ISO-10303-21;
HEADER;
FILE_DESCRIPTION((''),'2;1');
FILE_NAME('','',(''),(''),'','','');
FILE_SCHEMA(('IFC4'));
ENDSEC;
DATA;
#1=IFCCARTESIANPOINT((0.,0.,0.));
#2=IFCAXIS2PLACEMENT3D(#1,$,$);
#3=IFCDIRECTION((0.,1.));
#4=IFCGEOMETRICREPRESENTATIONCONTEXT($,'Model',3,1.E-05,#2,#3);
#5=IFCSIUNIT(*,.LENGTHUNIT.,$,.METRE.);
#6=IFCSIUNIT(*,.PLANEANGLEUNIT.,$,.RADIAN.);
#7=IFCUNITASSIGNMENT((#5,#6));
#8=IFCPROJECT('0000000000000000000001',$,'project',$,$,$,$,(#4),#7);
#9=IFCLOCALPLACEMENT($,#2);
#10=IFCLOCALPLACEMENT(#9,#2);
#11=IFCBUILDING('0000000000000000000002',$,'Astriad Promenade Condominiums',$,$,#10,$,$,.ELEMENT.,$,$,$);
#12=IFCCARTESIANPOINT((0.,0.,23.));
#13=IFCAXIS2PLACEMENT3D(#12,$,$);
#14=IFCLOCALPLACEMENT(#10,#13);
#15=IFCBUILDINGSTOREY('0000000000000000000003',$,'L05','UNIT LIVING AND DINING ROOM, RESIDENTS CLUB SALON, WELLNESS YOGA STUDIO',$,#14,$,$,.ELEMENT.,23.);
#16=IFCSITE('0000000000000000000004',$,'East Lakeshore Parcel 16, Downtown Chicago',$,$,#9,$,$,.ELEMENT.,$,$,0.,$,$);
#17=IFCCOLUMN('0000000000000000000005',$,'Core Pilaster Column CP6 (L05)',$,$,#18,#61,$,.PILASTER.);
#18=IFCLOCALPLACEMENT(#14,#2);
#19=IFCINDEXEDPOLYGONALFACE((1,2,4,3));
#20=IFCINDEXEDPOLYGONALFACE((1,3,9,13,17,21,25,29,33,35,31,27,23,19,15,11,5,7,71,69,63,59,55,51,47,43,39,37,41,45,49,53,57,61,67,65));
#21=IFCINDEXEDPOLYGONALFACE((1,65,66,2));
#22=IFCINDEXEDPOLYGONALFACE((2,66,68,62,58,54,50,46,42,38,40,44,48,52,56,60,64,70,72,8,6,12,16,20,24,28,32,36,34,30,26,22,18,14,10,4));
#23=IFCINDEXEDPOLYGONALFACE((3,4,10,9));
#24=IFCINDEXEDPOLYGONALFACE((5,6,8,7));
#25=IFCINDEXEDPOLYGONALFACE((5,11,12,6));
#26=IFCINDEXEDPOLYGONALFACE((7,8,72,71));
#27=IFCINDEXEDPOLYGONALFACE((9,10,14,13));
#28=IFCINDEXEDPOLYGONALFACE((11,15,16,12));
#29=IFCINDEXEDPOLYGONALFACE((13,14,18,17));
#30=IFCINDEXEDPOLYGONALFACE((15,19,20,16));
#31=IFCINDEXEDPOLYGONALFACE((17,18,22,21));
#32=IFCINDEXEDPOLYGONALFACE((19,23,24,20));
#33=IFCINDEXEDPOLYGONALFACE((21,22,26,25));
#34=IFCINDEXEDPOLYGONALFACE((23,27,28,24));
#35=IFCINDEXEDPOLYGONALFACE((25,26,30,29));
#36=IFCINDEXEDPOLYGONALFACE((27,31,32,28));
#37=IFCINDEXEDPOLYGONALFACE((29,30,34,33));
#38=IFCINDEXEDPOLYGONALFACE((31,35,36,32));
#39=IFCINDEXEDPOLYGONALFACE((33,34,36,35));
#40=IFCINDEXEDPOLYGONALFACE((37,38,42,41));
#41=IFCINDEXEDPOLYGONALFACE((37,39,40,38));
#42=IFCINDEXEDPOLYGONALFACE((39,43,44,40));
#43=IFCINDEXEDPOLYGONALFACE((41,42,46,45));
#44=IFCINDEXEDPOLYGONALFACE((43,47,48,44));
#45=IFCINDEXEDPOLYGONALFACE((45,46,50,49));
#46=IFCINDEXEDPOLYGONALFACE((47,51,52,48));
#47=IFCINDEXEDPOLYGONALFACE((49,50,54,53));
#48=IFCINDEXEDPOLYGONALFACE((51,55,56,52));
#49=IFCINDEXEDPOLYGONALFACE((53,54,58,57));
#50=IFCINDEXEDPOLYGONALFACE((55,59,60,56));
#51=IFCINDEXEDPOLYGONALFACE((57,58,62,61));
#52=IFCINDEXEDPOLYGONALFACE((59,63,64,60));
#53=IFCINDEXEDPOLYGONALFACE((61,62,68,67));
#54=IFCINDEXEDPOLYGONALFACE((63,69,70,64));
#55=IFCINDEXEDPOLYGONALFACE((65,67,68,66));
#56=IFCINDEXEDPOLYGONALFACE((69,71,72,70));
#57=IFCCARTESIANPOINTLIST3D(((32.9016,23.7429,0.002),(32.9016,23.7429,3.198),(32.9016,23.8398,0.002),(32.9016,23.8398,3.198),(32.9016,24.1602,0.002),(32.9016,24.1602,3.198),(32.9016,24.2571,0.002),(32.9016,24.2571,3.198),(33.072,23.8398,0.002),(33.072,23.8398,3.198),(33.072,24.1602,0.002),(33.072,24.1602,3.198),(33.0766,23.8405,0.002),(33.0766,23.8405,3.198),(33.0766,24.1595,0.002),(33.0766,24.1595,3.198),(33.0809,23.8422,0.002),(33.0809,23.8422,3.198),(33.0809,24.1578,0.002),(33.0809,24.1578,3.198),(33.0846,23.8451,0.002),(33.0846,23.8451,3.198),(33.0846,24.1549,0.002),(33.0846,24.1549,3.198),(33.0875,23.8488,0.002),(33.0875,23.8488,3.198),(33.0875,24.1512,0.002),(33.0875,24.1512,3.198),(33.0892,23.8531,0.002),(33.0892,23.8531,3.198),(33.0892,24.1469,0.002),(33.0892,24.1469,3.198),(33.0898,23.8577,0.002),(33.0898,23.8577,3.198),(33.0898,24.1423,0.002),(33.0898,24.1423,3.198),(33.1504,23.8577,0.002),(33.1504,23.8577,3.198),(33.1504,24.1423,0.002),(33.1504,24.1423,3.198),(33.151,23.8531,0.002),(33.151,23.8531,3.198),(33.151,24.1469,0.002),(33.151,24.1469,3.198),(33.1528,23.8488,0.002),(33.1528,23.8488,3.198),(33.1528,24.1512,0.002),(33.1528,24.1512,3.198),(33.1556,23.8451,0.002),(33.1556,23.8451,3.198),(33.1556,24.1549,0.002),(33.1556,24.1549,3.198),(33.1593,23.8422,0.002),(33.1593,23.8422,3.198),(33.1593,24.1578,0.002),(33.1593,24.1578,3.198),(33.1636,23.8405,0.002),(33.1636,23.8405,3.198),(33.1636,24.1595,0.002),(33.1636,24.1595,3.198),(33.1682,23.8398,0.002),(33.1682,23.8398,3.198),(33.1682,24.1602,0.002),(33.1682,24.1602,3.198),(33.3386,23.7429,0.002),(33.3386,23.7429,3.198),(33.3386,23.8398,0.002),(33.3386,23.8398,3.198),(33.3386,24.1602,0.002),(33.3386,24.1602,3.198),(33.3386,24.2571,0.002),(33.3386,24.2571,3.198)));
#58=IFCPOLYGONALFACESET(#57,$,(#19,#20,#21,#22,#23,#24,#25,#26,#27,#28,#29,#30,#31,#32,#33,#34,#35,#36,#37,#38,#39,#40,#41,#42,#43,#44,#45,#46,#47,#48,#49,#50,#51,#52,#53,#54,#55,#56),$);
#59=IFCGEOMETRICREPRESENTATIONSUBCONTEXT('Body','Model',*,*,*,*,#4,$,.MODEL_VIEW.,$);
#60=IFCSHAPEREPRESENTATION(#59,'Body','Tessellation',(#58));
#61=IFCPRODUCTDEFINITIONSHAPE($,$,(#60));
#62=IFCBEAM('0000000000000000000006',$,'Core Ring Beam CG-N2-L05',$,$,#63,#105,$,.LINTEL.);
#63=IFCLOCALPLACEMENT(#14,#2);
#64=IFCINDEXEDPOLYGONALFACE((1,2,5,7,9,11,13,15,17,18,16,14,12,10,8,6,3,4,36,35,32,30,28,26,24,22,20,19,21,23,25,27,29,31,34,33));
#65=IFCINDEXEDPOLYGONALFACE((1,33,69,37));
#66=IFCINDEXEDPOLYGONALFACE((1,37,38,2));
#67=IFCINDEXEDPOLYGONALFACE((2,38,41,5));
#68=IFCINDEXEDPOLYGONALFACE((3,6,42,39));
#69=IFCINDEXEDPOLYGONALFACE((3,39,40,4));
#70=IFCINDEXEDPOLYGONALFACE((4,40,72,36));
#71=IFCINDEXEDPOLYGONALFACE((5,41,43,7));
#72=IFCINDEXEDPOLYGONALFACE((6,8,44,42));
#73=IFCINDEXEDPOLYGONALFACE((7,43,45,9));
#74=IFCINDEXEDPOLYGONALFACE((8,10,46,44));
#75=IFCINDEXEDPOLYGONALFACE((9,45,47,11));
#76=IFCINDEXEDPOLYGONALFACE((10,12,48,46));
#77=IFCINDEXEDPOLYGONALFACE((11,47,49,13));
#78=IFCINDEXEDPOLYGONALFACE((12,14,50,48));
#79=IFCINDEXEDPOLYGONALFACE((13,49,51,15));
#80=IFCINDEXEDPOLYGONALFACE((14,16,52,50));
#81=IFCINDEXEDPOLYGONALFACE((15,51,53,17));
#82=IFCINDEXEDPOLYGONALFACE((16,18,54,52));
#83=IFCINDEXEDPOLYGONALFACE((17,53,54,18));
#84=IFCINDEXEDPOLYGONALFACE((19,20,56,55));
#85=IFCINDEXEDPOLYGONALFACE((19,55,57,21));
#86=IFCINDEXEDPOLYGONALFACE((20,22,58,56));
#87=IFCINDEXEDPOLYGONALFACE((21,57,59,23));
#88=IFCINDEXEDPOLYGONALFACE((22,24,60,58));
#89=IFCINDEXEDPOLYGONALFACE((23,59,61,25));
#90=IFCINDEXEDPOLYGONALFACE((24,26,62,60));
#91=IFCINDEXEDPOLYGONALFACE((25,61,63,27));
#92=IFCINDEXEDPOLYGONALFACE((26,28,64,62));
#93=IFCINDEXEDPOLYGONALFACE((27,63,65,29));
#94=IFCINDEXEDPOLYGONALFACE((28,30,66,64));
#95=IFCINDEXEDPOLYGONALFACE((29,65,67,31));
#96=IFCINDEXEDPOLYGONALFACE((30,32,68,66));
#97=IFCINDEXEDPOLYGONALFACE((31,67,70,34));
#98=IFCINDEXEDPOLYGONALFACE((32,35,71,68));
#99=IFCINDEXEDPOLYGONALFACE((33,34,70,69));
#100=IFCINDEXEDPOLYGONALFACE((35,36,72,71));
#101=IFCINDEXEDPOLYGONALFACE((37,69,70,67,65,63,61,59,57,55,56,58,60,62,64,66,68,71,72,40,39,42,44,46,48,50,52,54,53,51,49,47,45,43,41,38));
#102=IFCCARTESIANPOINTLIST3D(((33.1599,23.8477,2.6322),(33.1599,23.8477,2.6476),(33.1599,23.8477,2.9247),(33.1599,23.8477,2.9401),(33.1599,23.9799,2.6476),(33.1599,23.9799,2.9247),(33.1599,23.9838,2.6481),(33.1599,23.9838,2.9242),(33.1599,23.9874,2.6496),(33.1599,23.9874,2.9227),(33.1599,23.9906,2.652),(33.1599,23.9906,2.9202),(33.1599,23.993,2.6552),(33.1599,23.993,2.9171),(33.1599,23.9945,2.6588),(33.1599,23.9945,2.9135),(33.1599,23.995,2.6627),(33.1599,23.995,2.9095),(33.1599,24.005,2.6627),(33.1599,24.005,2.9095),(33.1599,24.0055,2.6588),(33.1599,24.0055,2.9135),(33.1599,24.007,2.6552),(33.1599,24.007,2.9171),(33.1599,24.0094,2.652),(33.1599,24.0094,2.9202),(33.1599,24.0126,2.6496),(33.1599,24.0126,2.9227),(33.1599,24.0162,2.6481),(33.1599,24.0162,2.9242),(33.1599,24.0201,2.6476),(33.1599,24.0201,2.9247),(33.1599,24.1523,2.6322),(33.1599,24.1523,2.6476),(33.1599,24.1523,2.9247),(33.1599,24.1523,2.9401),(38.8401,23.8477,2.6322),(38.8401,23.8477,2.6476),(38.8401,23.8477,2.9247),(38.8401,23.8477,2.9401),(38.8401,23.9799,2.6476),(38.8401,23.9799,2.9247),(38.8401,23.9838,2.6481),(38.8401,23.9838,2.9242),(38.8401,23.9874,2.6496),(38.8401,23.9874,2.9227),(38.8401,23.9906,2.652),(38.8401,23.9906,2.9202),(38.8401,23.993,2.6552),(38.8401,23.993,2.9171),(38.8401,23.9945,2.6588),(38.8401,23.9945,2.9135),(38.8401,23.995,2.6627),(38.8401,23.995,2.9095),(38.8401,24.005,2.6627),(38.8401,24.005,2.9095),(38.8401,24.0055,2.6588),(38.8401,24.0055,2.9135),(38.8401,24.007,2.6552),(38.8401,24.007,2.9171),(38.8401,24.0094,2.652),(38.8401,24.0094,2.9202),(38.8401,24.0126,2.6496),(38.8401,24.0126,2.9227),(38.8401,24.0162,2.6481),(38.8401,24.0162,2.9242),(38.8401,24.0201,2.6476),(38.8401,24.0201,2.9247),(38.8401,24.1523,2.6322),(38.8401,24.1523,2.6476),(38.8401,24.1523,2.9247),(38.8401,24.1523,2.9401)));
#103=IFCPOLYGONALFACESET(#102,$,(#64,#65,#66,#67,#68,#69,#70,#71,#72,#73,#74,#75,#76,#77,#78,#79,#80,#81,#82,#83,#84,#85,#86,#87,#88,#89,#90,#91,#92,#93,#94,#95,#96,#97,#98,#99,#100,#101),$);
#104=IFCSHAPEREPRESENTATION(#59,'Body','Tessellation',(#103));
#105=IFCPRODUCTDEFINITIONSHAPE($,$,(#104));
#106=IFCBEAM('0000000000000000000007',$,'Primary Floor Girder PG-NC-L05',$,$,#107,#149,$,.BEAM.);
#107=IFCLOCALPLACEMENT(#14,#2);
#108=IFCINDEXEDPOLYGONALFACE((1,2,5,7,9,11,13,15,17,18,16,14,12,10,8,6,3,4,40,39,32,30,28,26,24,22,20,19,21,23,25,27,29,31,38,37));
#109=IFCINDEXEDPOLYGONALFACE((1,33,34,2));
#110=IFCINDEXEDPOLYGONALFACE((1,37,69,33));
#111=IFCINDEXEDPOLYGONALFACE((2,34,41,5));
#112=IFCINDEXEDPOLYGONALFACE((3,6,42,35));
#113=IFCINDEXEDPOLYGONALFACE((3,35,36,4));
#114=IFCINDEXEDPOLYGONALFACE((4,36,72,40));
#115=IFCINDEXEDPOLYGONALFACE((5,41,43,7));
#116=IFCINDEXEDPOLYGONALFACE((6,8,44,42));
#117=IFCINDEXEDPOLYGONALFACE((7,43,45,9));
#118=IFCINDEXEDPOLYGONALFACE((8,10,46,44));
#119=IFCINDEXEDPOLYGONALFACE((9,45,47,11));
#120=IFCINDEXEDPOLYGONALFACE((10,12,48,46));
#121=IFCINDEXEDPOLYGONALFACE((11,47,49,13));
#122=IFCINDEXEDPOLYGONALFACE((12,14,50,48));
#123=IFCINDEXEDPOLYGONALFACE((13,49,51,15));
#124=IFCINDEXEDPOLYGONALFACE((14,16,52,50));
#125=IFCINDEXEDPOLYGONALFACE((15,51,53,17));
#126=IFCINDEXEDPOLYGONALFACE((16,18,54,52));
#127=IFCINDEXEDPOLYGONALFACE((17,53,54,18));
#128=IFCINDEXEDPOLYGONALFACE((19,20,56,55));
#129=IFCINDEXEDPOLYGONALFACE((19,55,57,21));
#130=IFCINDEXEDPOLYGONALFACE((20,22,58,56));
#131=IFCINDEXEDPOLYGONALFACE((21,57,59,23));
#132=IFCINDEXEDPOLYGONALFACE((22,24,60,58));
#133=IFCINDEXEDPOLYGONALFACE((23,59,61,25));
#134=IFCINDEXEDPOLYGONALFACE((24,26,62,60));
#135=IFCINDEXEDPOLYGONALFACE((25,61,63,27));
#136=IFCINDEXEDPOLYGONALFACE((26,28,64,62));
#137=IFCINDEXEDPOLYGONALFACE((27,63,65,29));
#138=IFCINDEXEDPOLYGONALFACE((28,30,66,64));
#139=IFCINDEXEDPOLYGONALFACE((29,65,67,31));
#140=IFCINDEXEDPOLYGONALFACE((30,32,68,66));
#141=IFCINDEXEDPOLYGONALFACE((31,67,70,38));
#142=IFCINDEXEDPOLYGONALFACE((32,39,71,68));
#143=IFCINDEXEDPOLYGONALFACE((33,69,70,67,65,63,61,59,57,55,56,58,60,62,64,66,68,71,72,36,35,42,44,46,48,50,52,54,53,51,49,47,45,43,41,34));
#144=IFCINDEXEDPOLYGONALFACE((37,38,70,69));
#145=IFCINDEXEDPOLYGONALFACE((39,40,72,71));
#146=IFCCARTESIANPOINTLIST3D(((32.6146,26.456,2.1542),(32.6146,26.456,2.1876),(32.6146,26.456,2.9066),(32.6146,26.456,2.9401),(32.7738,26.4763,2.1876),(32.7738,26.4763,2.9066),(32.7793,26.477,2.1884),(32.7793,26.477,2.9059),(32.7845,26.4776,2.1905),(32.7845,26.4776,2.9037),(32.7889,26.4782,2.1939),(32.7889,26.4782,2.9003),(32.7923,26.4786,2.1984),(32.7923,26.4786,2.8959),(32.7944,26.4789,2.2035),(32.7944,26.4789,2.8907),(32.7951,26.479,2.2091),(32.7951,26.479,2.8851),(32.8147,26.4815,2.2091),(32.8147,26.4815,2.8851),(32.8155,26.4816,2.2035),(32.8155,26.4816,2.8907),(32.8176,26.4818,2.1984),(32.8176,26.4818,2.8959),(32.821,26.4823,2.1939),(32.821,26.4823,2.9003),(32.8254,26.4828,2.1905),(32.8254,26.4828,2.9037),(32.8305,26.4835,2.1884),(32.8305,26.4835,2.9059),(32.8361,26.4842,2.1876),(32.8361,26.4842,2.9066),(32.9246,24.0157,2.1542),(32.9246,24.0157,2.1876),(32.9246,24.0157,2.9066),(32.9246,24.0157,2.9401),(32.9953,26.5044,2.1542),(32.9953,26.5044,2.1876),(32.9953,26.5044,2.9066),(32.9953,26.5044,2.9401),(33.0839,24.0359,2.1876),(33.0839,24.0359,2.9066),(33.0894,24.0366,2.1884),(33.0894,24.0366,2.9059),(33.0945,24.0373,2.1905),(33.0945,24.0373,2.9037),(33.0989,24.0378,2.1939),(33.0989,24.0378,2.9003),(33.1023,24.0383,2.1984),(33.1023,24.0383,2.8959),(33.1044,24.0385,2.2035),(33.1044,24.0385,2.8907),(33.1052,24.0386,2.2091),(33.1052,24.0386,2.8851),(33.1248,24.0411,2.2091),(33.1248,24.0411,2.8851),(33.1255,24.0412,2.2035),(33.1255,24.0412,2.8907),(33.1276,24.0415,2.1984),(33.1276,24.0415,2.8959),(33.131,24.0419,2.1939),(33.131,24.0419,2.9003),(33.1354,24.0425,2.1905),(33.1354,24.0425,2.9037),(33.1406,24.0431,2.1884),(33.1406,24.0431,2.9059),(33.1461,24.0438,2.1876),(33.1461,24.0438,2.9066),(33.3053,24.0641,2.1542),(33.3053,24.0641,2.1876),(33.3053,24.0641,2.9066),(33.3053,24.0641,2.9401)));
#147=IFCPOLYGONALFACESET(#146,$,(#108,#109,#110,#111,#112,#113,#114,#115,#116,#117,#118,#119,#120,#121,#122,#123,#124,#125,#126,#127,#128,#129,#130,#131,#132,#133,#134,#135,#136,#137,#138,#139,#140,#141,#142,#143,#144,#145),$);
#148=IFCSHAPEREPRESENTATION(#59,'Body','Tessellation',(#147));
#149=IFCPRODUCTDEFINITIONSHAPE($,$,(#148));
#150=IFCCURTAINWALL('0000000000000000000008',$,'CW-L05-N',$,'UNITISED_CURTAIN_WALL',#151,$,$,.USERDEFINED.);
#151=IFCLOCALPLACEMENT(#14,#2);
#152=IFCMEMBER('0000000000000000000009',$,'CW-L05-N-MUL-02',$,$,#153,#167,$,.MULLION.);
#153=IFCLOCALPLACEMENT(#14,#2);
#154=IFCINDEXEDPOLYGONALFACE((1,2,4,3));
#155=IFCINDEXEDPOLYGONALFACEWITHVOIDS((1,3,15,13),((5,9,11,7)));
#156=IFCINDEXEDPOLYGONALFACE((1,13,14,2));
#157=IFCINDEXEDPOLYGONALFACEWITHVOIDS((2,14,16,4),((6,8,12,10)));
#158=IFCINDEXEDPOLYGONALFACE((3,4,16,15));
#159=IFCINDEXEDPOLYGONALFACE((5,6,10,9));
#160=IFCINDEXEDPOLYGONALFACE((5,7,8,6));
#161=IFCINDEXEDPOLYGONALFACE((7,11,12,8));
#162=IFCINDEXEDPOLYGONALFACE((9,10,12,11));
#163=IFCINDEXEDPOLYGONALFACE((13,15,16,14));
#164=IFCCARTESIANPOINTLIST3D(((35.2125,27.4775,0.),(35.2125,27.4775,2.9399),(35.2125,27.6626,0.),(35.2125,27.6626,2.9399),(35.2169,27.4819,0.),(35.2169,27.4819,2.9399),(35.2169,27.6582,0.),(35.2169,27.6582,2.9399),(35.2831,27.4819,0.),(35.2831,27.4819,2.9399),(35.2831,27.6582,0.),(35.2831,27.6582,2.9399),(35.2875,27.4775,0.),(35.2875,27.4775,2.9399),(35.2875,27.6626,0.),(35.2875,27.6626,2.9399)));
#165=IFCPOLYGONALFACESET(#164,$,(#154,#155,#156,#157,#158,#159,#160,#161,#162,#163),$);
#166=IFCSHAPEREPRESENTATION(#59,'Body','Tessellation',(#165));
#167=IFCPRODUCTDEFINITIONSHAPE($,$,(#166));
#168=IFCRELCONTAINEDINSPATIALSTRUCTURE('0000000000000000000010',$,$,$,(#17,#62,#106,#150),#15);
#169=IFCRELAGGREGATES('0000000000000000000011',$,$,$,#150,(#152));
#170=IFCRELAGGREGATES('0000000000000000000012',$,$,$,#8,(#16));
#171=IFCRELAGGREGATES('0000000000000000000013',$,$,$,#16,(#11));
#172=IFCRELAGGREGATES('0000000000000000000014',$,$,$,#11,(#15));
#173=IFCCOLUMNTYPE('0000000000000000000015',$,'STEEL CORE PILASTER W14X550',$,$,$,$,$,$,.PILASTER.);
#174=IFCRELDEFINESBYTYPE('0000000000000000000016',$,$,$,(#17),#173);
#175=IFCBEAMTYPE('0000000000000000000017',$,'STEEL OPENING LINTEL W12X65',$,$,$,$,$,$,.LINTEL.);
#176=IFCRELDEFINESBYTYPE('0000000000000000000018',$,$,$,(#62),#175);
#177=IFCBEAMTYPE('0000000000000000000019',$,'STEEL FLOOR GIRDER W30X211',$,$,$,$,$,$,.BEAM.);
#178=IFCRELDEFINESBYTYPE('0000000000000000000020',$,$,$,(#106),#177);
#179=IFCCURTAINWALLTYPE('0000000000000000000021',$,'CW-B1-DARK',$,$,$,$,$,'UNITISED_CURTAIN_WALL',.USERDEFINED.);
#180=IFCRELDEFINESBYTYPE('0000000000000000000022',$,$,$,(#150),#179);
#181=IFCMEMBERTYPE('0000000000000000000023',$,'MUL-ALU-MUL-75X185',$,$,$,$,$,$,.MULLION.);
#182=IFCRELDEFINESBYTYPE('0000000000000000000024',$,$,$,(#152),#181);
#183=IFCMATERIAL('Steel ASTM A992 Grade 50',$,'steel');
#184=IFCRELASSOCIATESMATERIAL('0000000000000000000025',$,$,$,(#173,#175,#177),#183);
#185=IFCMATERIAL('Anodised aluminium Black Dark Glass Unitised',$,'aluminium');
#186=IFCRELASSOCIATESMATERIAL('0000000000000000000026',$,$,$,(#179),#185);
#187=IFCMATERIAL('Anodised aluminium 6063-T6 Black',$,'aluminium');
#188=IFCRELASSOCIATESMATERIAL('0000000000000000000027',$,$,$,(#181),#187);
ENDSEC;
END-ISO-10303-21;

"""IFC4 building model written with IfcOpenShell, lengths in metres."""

from ifc_helpers import new_model, si_unit, direction, frame, origin, origin_2d, place, context, subcontext, project, spatial, hollow_rectangle, i_section, extrude, source, transform, mapped, material, material_profile, profile_set, type_object, type_shapes, element, aggregate, save


model = new_model("IFC4")

# Units and contexts
model_context = context("Model", 3, precision=1e-05, world=origin(), true_north=direction((0.0, 1.0)))
body_context = subcontext(model_context, "Body", "Model", "MODEL_VIEW")
ifc_project = project(units=[si_unit("LENGTHUNIT", "METRE"), si_unit("PLANEANGLEUNIT", "RADIAN")], contexts=[model_context])

# Site, building, storey
site_placement = place(None, origin())
site = spatial("IfcSite", under=ifc_project, at=site_placement, Name="East Lakeshore Parcel 16, Downtown Chicago", CompositionType="ELEMENT", RefElevation=0.0)
building_placement = place(site_placement, origin())
building = spatial("IfcBuilding", under=site, at=building_placement, Name="Astriad Promenade Condominiums", CompositionType="ELEMENT")
storey_placement = place(building_placement, frame((0.0, 0.0, 23.0)))
storey = spatial("IfcBuildingStorey", under=building, at=storey_placement, Name="L05", Description="UNIT LIVING AND DINING ROOM, RESIDENTS CLUB SALON, WELLNESS YOGA STUDIO", CompositionType="ELEMENT", Elevation=23.0)

# Column
ifc_material_1 = material(Name="Steel ASTM A992 Grade 50", Category="steel")
ifc_material_profile_1 = material_profile(ifc_material_1, i_section(OverallWidth=0.437, OverallDepth=0.5142, WebThickness=0.0605, FlangeThickness=0.0969, FilletRadius=0.0178, at=origin_2d()), Name="W14X550")
ifc_profile_set_1 = profile_set([ifc_material_profile_1], Name="Steel ASTM A992 Grade 50")
column_type = type_object("IfcColumnType", Name="STEEL CORE PILASTER W14X550", PredefinedType="PILASTER", material=ifc_profile_set_1)
shared_shape_1 = source(origin(), body_context, "Body", "SweptSolid", [
    extrude(i_section(OverallWidth=0.437, OverallDepth=0.5142, WebThickness=0.0605, FlangeThickness=0.0969, FilletRadius=0.0178, at=origin_2d()), origin(), (0.0, 0.0, 1.0), 3.196),
])
type_shapes(column_type, [shared_shape_1])
column_placement = place(storey_placement, frame((33.1201, 24.0, 0.002), z_axis=(0.0, 0.0, 1.0), x_axis=(1.0, 0.0, 0.0)))
element("IfcColumn", 1, at=column_placement, inside=storey, type_object=column_type, Name="Core Pilaster Column CP6 (L05)", PredefinedType="PILASTER", context=body_context, shape_type="MappedRepresentation", body=[
    mapped(shared_shape_1, transform((0.0, 0.0, 0.0), scale=1.0)),
])

# Beams
ifc_material_profile_2 = material_profile(ifc_material_1, i_section(OverallWidth=0.3047, OverallDepth=0.3079, WebThickness=0.01, FlangeThickness=0.0154, FilletRadius=0.0151, at=origin_2d()), Name="W12X65")
ifc_profile_set_2 = profile_set([ifc_material_profile_2], Name="Steel ASTM A992 Grade 50")
beam_type_1 = type_object("IfcBeamType", Name="STEEL OPENING LINTEL W12X65", PredefinedType="LINTEL", material=ifc_profile_set_2)
shared_shape_2 = source(origin(), body_context, "Body", "SweptSolid", [
    extrude(i_section(OverallWidth=0.3047, OverallDepth=0.3079, WebThickness=0.01, FlangeThickness=0.0154, FilletRadius=0.0151, at=origin_2d()), origin(), (0.0, 0.0, 1.0), 5.6802),
])
type_shapes(beam_type_1, [shared_shape_2])
beam_1_placement = place(storey_placement, frame((33.1599, 24.0, 2.7861), z_axis=(1.0, 0.0, 0.0), x_axis=(0.0, 1.0, 0.0)))
element("IfcBeam", 2, at=beam_1_placement, inside=storey, type_object=beam_type_1, Name="Core Ring Beam CG-N2-L05", PredefinedType="LINTEL", context=body_context, shape_type="MappedRepresentation", body=[
    mapped(shared_shape_2, transform((0.0, 0.0, 0.0), scale=1.0)),
])
ifc_material_profile_3 = material_profile(ifc_material_1, i_section(OverallWidth=0.3838, OverallDepth=0.7859, WebThickness=0.0198, FlangeThickness=0.0334, FilletRadius=0.0215, at=origin_2d()), Name="W30X211")
ifc_profile_set_3 = profile_set([ifc_material_profile_3], Name="Steel ASTM A992 Grade 50")
beam_type_2 = type_object("IfcBeamType", Name="STEEL FLOOR GIRDER W30X211", PredefinedType="BEAM", material=ifc_profile_set_3)
shared_shape_3 = source(origin(), body_context, "Body", "SweptSolid", [
    extrude(i_section(OverallWidth=0.3838, OverallDepth=0.7859, WebThickness=0.0198, FlangeThickness=0.0334, FilletRadius=0.0215, at=origin_2d()), origin(), (0.0, 0.0, 1.0), 2.46),
])
type_shapes(beam_type_2, [shared_shape_3])
beam_2_placement = place(storey_placement, frame((32.8049, 26.4802, 2.5471), z_axis=(0.126038, -0.992025, 0.0), x_axis=(0.992025, 0.126038, 0.0)))
element("IfcBeam", 3, at=beam_2_placement, inside=storey, type_object=beam_type_2, Name="Primary Floor Girder PG-NC-L05", PredefinedType="BEAM", context=body_context, shape_type="MappedRepresentation", body=[
    mapped(shared_shape_3, transform((0.0, 0.0, 0.0), scale=1.0)),
])

# Curtain wall, member
ifc_material_2 = material(Name="Anodised aluminium Black Dark Glass Unitised", Category="aluminium")
curtain_wall_type = type_object("IfcCurtainWallType", Name="CW-B1-DARK", ElementType="UNITISED_CURTAIN_WALL", PredefinedType="USERDEFINED", material=ifc_material_2)
curtain_wall_placement = place(storey_placement, origin())
curtain_wall = element("IfcCurtainWall", 4, at=curtain_wall_placement, inside=storey, type_object=curtain_wall_type, Name="CW-L05-N", ObjectType="UNITISED_CURTAIN_WALL", PredefinedType="USERDEFINED")
ifc_material_3 = material(Name="Anodised aluminium 6063-T6 Black", Category="aluminium")
ifc_material_profile_4 = material_profile(ifc_material_3, hollow_rectangle(XDim=0.075, YDim=0.1851, WallThickness=0.0044, at=origin_2d()), Name="ALU-MUL-75X185")
ifc_profile_set_4 = profile_set([ifc_material_profile_4], Name="Anodised aluminium 6063-T6 Black")
member_type_1 = type_object("IfcMemberType", Name="MUL-ALU-MUL-75X185", PredefinedType="MULLION", material=ifc_profile_set_4)
shared_shape_4 = source(origin(), body_context, "Body", "SweptSolid", [
    extrude(hollow_rectangle(XDim=0.075, YDim=0.1851, WallThickness=0.0044, at=origin_2d()), origin(), (0.0, 0.0, 1.0), 2.9399),
])
type_shapes(member_type_1, [shared_shape_4])
member_1_placement = place(storey_placement, frame((35.25, 27.5701, 0.0), z_axis=(0.0, 0.0, 1.0), x_axis=(1.0, 0.0, 0.0)))
member_1 = element("IfcMember", 5, at=member_1_placement, type_object=member_type_1, Name="CW-L05-N-MUL-02", PredefinedType="MULLION", context=body_context, shape_type="MappedRepresentation", body=[
    mapped(shared_shape_4, transform((0.0, 0.0, 0.0), scale=1.0)),
])
aggregate(curtain_wall, [member_1])

save(model, "model.ifc")
